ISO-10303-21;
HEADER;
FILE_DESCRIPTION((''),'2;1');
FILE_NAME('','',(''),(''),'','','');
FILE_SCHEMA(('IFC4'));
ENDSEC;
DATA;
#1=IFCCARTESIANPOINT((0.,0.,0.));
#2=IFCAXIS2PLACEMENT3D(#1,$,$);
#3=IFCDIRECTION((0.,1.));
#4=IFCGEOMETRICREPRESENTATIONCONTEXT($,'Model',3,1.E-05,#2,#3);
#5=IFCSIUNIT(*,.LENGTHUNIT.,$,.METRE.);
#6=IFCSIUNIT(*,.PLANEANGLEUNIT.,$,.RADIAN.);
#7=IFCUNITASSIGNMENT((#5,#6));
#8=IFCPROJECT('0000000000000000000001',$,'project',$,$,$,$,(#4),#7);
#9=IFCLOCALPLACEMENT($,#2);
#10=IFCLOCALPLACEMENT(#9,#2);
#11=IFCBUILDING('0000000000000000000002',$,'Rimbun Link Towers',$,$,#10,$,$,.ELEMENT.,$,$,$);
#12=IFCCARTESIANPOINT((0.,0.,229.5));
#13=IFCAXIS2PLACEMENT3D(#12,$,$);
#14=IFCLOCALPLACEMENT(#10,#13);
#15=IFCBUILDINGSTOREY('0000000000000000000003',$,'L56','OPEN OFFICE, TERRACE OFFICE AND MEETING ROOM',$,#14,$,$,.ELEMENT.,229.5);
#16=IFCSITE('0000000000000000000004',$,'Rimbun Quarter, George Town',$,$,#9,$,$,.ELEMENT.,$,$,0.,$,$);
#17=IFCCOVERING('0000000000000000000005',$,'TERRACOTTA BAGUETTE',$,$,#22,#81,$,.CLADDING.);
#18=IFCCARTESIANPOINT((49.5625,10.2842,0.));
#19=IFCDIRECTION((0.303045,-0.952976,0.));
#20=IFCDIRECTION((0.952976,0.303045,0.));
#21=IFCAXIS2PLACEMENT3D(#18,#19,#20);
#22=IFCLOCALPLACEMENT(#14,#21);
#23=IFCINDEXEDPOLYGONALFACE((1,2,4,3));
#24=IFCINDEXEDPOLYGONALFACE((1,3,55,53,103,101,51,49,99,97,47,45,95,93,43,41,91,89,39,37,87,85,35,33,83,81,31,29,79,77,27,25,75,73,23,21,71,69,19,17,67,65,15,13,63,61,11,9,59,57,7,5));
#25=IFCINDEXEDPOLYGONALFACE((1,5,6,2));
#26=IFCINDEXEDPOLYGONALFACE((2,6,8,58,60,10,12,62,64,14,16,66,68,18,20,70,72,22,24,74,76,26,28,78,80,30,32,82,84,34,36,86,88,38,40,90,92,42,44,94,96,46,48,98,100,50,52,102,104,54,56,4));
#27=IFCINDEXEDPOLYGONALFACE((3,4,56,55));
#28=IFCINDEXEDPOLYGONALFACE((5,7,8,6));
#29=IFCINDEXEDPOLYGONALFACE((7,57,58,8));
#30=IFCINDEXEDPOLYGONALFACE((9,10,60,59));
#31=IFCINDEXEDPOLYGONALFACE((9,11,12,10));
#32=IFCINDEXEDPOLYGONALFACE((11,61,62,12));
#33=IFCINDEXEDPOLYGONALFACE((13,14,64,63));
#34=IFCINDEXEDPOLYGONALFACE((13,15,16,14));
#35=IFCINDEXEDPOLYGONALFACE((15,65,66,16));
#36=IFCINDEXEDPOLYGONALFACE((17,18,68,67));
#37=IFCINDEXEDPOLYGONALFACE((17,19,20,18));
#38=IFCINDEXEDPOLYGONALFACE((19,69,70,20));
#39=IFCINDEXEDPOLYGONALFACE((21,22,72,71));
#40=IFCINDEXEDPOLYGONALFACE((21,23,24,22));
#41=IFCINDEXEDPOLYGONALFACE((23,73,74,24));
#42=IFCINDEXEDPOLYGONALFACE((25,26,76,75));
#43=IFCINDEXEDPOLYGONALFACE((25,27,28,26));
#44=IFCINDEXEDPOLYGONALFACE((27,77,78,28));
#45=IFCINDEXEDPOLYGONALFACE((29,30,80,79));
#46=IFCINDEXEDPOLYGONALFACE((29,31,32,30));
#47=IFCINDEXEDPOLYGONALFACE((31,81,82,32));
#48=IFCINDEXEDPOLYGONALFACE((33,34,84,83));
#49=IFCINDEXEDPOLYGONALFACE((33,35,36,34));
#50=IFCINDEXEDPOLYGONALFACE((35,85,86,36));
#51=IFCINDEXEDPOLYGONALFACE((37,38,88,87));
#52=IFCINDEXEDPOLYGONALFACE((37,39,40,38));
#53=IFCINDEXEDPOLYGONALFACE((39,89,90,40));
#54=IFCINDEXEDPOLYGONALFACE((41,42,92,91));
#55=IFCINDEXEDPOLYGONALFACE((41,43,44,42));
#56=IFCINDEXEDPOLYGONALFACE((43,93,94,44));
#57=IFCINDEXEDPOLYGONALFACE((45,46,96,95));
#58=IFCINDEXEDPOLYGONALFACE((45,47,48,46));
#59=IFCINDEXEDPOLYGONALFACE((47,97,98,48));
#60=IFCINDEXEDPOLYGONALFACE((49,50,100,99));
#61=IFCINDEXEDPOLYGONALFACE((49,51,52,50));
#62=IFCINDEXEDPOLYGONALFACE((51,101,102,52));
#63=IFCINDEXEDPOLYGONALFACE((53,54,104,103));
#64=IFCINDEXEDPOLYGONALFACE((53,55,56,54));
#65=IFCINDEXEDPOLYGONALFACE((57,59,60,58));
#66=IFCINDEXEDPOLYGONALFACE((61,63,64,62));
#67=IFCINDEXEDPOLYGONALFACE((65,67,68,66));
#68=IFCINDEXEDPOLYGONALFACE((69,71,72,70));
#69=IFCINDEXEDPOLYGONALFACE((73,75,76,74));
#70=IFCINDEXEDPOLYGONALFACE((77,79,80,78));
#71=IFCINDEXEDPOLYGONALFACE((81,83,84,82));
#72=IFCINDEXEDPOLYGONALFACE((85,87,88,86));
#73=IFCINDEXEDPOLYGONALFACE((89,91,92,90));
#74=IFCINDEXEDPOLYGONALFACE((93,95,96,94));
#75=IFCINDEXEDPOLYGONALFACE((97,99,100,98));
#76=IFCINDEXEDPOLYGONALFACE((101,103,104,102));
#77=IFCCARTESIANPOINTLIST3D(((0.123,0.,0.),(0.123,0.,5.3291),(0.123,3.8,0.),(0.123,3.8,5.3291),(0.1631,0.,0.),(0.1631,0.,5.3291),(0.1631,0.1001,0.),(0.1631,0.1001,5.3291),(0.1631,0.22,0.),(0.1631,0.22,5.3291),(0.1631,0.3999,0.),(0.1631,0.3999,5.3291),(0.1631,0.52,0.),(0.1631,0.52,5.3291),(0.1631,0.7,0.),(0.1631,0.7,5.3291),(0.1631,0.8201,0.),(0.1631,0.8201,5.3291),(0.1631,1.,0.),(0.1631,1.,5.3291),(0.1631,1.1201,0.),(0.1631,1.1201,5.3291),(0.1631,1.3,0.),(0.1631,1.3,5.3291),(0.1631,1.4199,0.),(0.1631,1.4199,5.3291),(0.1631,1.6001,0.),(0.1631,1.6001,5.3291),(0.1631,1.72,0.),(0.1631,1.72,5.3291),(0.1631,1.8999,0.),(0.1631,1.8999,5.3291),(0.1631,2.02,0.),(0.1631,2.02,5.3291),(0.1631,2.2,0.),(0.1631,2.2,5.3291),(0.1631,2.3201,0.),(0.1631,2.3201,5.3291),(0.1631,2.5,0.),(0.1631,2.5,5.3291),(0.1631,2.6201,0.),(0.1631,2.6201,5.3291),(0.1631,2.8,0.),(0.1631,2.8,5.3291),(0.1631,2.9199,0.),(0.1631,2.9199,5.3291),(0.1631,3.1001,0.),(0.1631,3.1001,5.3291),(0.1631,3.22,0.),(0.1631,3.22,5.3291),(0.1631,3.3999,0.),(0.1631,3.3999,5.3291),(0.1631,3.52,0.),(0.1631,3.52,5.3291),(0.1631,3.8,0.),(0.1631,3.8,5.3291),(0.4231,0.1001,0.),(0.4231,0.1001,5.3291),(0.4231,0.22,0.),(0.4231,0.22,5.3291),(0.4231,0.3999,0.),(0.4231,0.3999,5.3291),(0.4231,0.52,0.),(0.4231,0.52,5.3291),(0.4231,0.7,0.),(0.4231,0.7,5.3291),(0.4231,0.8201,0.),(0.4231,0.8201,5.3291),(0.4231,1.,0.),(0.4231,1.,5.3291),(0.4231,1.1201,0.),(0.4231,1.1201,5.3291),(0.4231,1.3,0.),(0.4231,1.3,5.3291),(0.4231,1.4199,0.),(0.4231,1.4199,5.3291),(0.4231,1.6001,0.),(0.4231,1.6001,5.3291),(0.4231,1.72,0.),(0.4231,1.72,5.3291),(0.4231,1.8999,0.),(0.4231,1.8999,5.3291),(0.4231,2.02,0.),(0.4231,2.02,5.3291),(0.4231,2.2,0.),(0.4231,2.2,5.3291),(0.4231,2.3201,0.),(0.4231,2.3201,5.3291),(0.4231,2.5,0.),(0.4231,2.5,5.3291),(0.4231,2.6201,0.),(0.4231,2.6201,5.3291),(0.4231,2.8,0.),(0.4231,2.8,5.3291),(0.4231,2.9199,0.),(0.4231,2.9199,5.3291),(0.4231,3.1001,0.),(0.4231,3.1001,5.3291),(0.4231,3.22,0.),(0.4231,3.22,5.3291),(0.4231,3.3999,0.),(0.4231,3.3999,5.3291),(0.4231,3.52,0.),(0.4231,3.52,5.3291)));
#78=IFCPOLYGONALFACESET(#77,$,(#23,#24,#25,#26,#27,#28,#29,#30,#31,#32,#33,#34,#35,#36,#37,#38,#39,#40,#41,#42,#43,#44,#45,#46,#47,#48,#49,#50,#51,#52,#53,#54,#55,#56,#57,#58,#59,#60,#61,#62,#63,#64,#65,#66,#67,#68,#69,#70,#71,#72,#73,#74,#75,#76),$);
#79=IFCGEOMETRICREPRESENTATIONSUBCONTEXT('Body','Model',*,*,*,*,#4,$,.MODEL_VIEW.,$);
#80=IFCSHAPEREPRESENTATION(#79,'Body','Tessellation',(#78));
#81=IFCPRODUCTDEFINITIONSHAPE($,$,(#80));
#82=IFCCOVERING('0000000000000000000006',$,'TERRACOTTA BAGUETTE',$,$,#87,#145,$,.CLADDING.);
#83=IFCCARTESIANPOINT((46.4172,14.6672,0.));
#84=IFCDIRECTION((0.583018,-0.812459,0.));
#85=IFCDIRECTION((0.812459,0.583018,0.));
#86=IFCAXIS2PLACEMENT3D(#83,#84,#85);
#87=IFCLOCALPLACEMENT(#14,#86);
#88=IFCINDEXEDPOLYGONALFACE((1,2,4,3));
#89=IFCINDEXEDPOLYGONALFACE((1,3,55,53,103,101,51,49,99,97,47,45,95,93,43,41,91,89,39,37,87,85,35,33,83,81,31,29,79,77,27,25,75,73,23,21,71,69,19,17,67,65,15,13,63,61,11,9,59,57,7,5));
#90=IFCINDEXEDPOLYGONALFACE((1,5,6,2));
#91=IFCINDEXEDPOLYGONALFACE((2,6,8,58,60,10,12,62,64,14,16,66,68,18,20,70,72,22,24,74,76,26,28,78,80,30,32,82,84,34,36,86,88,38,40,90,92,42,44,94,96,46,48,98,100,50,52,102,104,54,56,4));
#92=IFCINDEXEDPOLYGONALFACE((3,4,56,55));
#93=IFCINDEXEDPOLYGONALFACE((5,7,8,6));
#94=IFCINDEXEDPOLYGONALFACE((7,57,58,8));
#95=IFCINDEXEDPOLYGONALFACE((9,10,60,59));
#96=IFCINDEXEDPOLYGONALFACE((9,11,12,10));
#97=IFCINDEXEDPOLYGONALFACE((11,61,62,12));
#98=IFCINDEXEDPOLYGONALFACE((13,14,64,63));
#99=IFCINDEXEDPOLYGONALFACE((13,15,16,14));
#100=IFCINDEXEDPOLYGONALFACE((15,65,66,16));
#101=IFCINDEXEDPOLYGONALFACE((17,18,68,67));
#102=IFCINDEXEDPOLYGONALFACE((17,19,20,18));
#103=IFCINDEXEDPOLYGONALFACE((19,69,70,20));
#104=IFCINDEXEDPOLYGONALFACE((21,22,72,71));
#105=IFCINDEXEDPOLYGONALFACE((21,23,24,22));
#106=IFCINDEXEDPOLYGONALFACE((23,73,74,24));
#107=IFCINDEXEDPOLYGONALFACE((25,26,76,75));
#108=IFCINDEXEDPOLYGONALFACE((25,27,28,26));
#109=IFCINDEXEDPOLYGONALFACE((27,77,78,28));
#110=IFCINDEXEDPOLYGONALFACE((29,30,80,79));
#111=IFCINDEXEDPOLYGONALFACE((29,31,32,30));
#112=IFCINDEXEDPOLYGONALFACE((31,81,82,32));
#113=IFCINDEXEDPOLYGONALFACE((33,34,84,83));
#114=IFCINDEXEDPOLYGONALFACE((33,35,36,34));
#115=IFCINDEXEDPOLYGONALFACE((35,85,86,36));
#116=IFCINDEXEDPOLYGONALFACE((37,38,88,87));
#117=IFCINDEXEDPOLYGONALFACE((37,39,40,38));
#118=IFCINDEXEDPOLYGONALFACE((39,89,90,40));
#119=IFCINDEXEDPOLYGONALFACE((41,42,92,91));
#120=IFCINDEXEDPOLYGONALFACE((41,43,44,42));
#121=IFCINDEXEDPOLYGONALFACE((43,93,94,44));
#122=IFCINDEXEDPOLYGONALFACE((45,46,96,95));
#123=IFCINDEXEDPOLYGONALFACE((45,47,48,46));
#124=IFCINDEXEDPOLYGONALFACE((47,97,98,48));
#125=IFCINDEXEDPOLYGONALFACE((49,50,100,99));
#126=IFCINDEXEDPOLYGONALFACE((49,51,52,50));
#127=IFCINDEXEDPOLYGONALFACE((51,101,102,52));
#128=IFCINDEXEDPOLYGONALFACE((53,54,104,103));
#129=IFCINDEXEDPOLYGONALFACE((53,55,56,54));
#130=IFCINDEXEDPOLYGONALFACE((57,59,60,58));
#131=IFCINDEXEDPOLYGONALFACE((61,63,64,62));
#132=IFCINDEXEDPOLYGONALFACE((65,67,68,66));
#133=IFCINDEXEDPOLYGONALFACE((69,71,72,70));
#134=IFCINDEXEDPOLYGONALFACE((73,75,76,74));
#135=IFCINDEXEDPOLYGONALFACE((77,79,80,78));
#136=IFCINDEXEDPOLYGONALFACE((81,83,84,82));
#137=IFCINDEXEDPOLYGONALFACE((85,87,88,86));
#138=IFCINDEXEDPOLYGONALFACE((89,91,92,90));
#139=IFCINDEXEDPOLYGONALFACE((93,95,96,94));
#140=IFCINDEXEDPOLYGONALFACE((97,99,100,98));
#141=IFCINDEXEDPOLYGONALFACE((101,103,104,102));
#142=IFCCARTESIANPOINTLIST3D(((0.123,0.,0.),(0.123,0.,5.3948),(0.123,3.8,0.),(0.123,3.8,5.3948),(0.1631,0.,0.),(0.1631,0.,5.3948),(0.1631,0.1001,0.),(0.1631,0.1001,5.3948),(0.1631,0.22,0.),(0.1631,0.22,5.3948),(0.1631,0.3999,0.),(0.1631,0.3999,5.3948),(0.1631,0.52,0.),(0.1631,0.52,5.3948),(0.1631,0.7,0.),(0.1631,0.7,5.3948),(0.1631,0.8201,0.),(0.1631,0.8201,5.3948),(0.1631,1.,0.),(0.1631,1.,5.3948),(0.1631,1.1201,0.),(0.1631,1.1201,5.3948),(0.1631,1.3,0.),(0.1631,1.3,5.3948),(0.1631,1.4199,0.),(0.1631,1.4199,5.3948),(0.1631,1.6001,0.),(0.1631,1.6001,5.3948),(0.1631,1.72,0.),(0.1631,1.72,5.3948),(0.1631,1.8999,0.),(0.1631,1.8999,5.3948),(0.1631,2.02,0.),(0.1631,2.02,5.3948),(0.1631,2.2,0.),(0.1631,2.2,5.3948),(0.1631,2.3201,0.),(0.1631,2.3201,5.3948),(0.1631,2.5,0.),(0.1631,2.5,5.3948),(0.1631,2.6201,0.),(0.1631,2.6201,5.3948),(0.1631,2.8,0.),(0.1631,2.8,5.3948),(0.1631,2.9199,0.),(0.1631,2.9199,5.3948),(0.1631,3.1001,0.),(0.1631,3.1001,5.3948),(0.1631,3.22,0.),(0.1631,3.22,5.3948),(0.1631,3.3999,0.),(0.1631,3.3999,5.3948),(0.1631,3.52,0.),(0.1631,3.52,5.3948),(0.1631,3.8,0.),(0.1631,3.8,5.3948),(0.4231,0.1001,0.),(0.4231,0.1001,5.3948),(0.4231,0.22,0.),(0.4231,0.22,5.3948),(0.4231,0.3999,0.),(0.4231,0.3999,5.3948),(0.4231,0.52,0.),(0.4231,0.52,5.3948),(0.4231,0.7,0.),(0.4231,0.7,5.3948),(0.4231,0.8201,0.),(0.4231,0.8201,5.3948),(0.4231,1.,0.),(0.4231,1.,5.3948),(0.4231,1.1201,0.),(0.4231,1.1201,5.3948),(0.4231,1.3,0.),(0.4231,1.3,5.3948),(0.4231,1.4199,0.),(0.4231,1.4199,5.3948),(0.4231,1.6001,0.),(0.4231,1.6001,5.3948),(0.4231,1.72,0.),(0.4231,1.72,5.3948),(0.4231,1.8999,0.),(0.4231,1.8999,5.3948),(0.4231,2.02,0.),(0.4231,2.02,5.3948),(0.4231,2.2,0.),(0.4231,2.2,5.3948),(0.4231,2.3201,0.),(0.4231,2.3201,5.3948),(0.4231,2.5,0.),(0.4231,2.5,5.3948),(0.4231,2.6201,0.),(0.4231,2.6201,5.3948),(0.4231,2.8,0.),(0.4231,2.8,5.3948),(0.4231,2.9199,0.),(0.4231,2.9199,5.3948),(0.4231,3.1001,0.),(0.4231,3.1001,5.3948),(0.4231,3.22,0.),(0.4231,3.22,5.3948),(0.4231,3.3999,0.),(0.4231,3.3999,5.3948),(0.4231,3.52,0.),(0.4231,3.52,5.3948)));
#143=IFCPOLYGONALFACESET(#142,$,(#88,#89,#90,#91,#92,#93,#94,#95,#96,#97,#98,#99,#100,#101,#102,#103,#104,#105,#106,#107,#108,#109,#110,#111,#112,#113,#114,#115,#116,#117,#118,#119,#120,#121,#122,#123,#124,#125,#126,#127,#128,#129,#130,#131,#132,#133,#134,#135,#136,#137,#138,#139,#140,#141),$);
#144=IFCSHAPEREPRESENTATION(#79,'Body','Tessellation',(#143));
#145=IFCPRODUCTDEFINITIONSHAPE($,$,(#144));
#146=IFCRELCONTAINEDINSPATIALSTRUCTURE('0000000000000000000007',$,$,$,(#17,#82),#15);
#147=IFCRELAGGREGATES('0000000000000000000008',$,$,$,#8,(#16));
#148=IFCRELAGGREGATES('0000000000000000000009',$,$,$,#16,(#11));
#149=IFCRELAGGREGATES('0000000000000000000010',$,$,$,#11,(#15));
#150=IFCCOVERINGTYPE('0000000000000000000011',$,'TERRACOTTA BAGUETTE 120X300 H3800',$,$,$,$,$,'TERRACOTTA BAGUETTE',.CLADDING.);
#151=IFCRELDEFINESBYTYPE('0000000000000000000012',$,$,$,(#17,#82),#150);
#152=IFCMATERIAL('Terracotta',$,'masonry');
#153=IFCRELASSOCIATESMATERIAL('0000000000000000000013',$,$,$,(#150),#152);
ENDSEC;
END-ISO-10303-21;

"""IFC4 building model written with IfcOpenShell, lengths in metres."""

from ifc_helpers import new_model, si_unit, direction, frame, origin, place, context, subcontext, project, spatial, polyline, outline, extrude, material, material_profile, profile_set, type_object, element, save


model = new_model("IFC4")

# Units and contexts
model_context = context("Model", 3, precision=1e-05, world=origin(), true_north=direction((0.0, 1.0)))
body_context = subcontext(model_context, "Body", "Model", "MODEL_VIEW")
ifc_project = project(units=[si_unit("LENGTHUNIT", "METRE"), si_unit("PLANEANGLEUNIT", "RADIAN")], contexts=[model_context])

# Site, building, storey
site_placement = place(None, origin())
site = spatial("IfcSite", under=ifc_project, at=site_placement, Name="Rimbun Quarter, George Town", CompositionType="ELEMENT", RefElevation=0.0)
building_placement = place(site_placement, origin())
building = spatial("IfcBuilding", under=site, at=building_placement, Name="Rimbun Link Towers", CompositionType="ELEMENT")
storey_placement = place(building_placement, frame((0.0, 0.0, 229.5)))
storey = spatial("IfcBuildingStorey", under=building, at=storey_placement, Name="L56", Description="OPEN OFFICE, TERRACE OFFICE AND MEETING ROOM", CompositionType="ELEMENT", Elevation=229.5)

# Coverings
ifc_material_1 = material(Name="Terracotta", Category="masonry")
ifc_material_profile_1 = material_profile(ifc_material_1, outline(polyline([(0.123, 0.0), (0.1631, 0.0), (0.1631, 0.1001), (0.4231, 0.1001), (0.4231, 0.22), (0.1631, 0.22), (0.1631, 0.3999), (0.4231, 0.3999), (0.4231, 0.52), (0.1631, 0.52), (0.1631, 0.7), (0.4231, 0.7), (0.4231, 0.8201), (0.1631, 0.8201), (0.1631, 1.0), (0.4231, 1.0), (0.4231, 1.1201), (0.1631, 1.1201), (0.1631, 1.3), (0.4231, 1.3), (0.4231, 1.4199), (0.1631, 1.4199), (0.1631, 1.6001), (0.4231, 1.6001), (0.4231, 1.72), (0.1631, 1.72), (0.1631, 1.8999), (0.4231, 1.8999), (0.4231, 2.02), (0.1631, 2.02), (0.1631, 2.2), (0.4231, 2.2), (0.4231, 2.3201), (0.1631, 2.3201), (0.1631, 2.5), (0.4231, 2.5), (0.4231, 2.6201), (0.1631, 2.6201), (0.1631, 2.8), (0.4231, 2.8), (0.4231, 2.9199), (0.1631, 2.9199), (0.1631, 3.1001), (0.4231, 3.1001), (0.4231, 3.22), (0.1631, 3.22), (0.1631, 3.3999), (0.4231, 3.3999), (0.4231, 3.52), (0.1631, 3.52), (0.1631, 3.8), (0.123, 3.8), (0.123, 0.0)])), Name="BAGUETTE 120X300")
ifc_profile_set_1 = profile_set([ifc_material_profile_1], Name="Terracotta")
covering_type = type_object("IfcCoveringType", Name="TERRACOTTA BAGUETTE 120X300 H3800", ElementType="TERRACOTTA BAGUETTE", PredefinedType="CLADDING", material=ifc_profile_set_1)
covering_1_placement = place(storey_placement, frame((49.5625, 10.2842, 0.0), z_axis=(0.303045, -0.952976, 0.0), x_axis=(0.952976, 0.303045, 0.0)))
element("IfcCovering", 1, at=covering_1_placement, inside=storey, type_object=covering_type, Name="TERRACOTTA BAGUETTE", PredefinedType="CLADDING", context=body_context, shape_type="SweptSolid", body=[
    extrude(outline(polyline([(0.123, 0.0), (0.1631, 0.0), (0.1631, 0.1001), (0.4231, 0.1001), (0.4231, 0.22), (0.1631, 0.22), (0.1631, 0.3999), (0.4231, 0.3999), (0.4231, 0.52), (0.1631, 0.52), (0.1631, 0.7), (0.4231, 0.7), (0.4231, 0.8201), (0.1631, 0.8201), (0.1631, 1.0), (0.4231, 1.0), (0.4231, 1.1201), (0.1631, 1.1201), (0.1631, 1.3), (0.4231, 1.3), (0.4231, 1.4199), (0.1631, 1.4199), (0.1631, 1.6001), (0.4231, 1.6001), (0.4231, 1.72), (0.1631, 1.72), (0.1631, 1.8999), (0.4231, 1.8999), (0.4231, 2.02), (0.1631, 2.02), (0.1631, 2.2), (0.4231, 2.2), (0.4231, 2.3201), (0.1631, 2.3201), (0.1631, 2.5), (0.4231, 2.5), (0.4231, 2.6201), (0.1631, 2.6201), (0.1631, 2.8), (0.4231, 2.8), (0.4231, 2.9199), (0.1631, 2.9199), (0.1631, 3.1001), (0.4231, 3.1001), (0.4231, 3.22), (0.1631, 3.22), (0.1631, 3.3999), (0.4231, 3.3999), (0.4231, 3.52), (0.1631, 3.52), (0.1631, 3.8), (0.123, 3.8), (0.123, 0.0)])), origin(), (0.0, 0.0, 1.0), 5.3291),
])
covering_2_placement = place(storey_placement, frame((46.4172, 14.6672, 0.0), z_axis=(0.583018, -0.812459, 0.0), x_axis=(0.812459, 0.583018, 0.0)))
element("IfcCovering", 2, at=covering_2_placement, inside=storey, type_object=covering_type, Name="TERRACOTTA BAGUETTE", PredefinedType="CLADDING", context=body_context, shape_type="SweptSolid", body=[
    extrude(outline(polyline([(0.123, 0.0), (0.1631, 0.0), (0.1631, 0.1001), (0.4231, 0.1001), (0.4231, 0.22), (0.1631, 0.22), (0.1631, 0.3999), (0.4231, 0.3999), (0.4231, 0.52), (0.1631, 0.52), (0.1631, 0.7), (0.4231, 0.7), (0.4231, 0.8201), (0.1631, 0.8201), (0.1631, 1.0), (0.4231, 1.0), (0.4231, 1.1201), (0.1631, 1.1201), (0.1631, 1.3), (0.4231, 1.3), (0.4231, 1.4199), (0.1631, 1.4199), (0.1631, 1.6001), (0.4231, 1.6001), (0.4231, 1.72), (0.1631, 1.72), (0.1631, 1.8999), (0.4231, 1.8999), (0.4231, 2.02), (0.1631, 2.02), (0.1631, 2.2), (0.4231, 2.2), (0.4231, 2.3201), (0.1631, 2.3201), (0.1631, 2.5), (0.4231, 2.5), (0.4231, 2.6201), (0.1631, 2.6201), (0.1631, 2.8), (0.4231, 2.8), (0.4231, 2.9199), (0.1631, 2.9199), (0.1631, 3.1001), (0.4231, 3.1001), (0.4231, 3.22), (0.1631, 3.22), (0.1631, 3.3999), (0.4231, 3.3999), (0.4231, 3.52), (0.1631, 3.52), (0.1631, 3.8), (0.123, 3.8), (0.123, 0.0)])), origin(), (0.0, 0.0, 1.0), 5.3948),
])

save(model, "model.ifc")
